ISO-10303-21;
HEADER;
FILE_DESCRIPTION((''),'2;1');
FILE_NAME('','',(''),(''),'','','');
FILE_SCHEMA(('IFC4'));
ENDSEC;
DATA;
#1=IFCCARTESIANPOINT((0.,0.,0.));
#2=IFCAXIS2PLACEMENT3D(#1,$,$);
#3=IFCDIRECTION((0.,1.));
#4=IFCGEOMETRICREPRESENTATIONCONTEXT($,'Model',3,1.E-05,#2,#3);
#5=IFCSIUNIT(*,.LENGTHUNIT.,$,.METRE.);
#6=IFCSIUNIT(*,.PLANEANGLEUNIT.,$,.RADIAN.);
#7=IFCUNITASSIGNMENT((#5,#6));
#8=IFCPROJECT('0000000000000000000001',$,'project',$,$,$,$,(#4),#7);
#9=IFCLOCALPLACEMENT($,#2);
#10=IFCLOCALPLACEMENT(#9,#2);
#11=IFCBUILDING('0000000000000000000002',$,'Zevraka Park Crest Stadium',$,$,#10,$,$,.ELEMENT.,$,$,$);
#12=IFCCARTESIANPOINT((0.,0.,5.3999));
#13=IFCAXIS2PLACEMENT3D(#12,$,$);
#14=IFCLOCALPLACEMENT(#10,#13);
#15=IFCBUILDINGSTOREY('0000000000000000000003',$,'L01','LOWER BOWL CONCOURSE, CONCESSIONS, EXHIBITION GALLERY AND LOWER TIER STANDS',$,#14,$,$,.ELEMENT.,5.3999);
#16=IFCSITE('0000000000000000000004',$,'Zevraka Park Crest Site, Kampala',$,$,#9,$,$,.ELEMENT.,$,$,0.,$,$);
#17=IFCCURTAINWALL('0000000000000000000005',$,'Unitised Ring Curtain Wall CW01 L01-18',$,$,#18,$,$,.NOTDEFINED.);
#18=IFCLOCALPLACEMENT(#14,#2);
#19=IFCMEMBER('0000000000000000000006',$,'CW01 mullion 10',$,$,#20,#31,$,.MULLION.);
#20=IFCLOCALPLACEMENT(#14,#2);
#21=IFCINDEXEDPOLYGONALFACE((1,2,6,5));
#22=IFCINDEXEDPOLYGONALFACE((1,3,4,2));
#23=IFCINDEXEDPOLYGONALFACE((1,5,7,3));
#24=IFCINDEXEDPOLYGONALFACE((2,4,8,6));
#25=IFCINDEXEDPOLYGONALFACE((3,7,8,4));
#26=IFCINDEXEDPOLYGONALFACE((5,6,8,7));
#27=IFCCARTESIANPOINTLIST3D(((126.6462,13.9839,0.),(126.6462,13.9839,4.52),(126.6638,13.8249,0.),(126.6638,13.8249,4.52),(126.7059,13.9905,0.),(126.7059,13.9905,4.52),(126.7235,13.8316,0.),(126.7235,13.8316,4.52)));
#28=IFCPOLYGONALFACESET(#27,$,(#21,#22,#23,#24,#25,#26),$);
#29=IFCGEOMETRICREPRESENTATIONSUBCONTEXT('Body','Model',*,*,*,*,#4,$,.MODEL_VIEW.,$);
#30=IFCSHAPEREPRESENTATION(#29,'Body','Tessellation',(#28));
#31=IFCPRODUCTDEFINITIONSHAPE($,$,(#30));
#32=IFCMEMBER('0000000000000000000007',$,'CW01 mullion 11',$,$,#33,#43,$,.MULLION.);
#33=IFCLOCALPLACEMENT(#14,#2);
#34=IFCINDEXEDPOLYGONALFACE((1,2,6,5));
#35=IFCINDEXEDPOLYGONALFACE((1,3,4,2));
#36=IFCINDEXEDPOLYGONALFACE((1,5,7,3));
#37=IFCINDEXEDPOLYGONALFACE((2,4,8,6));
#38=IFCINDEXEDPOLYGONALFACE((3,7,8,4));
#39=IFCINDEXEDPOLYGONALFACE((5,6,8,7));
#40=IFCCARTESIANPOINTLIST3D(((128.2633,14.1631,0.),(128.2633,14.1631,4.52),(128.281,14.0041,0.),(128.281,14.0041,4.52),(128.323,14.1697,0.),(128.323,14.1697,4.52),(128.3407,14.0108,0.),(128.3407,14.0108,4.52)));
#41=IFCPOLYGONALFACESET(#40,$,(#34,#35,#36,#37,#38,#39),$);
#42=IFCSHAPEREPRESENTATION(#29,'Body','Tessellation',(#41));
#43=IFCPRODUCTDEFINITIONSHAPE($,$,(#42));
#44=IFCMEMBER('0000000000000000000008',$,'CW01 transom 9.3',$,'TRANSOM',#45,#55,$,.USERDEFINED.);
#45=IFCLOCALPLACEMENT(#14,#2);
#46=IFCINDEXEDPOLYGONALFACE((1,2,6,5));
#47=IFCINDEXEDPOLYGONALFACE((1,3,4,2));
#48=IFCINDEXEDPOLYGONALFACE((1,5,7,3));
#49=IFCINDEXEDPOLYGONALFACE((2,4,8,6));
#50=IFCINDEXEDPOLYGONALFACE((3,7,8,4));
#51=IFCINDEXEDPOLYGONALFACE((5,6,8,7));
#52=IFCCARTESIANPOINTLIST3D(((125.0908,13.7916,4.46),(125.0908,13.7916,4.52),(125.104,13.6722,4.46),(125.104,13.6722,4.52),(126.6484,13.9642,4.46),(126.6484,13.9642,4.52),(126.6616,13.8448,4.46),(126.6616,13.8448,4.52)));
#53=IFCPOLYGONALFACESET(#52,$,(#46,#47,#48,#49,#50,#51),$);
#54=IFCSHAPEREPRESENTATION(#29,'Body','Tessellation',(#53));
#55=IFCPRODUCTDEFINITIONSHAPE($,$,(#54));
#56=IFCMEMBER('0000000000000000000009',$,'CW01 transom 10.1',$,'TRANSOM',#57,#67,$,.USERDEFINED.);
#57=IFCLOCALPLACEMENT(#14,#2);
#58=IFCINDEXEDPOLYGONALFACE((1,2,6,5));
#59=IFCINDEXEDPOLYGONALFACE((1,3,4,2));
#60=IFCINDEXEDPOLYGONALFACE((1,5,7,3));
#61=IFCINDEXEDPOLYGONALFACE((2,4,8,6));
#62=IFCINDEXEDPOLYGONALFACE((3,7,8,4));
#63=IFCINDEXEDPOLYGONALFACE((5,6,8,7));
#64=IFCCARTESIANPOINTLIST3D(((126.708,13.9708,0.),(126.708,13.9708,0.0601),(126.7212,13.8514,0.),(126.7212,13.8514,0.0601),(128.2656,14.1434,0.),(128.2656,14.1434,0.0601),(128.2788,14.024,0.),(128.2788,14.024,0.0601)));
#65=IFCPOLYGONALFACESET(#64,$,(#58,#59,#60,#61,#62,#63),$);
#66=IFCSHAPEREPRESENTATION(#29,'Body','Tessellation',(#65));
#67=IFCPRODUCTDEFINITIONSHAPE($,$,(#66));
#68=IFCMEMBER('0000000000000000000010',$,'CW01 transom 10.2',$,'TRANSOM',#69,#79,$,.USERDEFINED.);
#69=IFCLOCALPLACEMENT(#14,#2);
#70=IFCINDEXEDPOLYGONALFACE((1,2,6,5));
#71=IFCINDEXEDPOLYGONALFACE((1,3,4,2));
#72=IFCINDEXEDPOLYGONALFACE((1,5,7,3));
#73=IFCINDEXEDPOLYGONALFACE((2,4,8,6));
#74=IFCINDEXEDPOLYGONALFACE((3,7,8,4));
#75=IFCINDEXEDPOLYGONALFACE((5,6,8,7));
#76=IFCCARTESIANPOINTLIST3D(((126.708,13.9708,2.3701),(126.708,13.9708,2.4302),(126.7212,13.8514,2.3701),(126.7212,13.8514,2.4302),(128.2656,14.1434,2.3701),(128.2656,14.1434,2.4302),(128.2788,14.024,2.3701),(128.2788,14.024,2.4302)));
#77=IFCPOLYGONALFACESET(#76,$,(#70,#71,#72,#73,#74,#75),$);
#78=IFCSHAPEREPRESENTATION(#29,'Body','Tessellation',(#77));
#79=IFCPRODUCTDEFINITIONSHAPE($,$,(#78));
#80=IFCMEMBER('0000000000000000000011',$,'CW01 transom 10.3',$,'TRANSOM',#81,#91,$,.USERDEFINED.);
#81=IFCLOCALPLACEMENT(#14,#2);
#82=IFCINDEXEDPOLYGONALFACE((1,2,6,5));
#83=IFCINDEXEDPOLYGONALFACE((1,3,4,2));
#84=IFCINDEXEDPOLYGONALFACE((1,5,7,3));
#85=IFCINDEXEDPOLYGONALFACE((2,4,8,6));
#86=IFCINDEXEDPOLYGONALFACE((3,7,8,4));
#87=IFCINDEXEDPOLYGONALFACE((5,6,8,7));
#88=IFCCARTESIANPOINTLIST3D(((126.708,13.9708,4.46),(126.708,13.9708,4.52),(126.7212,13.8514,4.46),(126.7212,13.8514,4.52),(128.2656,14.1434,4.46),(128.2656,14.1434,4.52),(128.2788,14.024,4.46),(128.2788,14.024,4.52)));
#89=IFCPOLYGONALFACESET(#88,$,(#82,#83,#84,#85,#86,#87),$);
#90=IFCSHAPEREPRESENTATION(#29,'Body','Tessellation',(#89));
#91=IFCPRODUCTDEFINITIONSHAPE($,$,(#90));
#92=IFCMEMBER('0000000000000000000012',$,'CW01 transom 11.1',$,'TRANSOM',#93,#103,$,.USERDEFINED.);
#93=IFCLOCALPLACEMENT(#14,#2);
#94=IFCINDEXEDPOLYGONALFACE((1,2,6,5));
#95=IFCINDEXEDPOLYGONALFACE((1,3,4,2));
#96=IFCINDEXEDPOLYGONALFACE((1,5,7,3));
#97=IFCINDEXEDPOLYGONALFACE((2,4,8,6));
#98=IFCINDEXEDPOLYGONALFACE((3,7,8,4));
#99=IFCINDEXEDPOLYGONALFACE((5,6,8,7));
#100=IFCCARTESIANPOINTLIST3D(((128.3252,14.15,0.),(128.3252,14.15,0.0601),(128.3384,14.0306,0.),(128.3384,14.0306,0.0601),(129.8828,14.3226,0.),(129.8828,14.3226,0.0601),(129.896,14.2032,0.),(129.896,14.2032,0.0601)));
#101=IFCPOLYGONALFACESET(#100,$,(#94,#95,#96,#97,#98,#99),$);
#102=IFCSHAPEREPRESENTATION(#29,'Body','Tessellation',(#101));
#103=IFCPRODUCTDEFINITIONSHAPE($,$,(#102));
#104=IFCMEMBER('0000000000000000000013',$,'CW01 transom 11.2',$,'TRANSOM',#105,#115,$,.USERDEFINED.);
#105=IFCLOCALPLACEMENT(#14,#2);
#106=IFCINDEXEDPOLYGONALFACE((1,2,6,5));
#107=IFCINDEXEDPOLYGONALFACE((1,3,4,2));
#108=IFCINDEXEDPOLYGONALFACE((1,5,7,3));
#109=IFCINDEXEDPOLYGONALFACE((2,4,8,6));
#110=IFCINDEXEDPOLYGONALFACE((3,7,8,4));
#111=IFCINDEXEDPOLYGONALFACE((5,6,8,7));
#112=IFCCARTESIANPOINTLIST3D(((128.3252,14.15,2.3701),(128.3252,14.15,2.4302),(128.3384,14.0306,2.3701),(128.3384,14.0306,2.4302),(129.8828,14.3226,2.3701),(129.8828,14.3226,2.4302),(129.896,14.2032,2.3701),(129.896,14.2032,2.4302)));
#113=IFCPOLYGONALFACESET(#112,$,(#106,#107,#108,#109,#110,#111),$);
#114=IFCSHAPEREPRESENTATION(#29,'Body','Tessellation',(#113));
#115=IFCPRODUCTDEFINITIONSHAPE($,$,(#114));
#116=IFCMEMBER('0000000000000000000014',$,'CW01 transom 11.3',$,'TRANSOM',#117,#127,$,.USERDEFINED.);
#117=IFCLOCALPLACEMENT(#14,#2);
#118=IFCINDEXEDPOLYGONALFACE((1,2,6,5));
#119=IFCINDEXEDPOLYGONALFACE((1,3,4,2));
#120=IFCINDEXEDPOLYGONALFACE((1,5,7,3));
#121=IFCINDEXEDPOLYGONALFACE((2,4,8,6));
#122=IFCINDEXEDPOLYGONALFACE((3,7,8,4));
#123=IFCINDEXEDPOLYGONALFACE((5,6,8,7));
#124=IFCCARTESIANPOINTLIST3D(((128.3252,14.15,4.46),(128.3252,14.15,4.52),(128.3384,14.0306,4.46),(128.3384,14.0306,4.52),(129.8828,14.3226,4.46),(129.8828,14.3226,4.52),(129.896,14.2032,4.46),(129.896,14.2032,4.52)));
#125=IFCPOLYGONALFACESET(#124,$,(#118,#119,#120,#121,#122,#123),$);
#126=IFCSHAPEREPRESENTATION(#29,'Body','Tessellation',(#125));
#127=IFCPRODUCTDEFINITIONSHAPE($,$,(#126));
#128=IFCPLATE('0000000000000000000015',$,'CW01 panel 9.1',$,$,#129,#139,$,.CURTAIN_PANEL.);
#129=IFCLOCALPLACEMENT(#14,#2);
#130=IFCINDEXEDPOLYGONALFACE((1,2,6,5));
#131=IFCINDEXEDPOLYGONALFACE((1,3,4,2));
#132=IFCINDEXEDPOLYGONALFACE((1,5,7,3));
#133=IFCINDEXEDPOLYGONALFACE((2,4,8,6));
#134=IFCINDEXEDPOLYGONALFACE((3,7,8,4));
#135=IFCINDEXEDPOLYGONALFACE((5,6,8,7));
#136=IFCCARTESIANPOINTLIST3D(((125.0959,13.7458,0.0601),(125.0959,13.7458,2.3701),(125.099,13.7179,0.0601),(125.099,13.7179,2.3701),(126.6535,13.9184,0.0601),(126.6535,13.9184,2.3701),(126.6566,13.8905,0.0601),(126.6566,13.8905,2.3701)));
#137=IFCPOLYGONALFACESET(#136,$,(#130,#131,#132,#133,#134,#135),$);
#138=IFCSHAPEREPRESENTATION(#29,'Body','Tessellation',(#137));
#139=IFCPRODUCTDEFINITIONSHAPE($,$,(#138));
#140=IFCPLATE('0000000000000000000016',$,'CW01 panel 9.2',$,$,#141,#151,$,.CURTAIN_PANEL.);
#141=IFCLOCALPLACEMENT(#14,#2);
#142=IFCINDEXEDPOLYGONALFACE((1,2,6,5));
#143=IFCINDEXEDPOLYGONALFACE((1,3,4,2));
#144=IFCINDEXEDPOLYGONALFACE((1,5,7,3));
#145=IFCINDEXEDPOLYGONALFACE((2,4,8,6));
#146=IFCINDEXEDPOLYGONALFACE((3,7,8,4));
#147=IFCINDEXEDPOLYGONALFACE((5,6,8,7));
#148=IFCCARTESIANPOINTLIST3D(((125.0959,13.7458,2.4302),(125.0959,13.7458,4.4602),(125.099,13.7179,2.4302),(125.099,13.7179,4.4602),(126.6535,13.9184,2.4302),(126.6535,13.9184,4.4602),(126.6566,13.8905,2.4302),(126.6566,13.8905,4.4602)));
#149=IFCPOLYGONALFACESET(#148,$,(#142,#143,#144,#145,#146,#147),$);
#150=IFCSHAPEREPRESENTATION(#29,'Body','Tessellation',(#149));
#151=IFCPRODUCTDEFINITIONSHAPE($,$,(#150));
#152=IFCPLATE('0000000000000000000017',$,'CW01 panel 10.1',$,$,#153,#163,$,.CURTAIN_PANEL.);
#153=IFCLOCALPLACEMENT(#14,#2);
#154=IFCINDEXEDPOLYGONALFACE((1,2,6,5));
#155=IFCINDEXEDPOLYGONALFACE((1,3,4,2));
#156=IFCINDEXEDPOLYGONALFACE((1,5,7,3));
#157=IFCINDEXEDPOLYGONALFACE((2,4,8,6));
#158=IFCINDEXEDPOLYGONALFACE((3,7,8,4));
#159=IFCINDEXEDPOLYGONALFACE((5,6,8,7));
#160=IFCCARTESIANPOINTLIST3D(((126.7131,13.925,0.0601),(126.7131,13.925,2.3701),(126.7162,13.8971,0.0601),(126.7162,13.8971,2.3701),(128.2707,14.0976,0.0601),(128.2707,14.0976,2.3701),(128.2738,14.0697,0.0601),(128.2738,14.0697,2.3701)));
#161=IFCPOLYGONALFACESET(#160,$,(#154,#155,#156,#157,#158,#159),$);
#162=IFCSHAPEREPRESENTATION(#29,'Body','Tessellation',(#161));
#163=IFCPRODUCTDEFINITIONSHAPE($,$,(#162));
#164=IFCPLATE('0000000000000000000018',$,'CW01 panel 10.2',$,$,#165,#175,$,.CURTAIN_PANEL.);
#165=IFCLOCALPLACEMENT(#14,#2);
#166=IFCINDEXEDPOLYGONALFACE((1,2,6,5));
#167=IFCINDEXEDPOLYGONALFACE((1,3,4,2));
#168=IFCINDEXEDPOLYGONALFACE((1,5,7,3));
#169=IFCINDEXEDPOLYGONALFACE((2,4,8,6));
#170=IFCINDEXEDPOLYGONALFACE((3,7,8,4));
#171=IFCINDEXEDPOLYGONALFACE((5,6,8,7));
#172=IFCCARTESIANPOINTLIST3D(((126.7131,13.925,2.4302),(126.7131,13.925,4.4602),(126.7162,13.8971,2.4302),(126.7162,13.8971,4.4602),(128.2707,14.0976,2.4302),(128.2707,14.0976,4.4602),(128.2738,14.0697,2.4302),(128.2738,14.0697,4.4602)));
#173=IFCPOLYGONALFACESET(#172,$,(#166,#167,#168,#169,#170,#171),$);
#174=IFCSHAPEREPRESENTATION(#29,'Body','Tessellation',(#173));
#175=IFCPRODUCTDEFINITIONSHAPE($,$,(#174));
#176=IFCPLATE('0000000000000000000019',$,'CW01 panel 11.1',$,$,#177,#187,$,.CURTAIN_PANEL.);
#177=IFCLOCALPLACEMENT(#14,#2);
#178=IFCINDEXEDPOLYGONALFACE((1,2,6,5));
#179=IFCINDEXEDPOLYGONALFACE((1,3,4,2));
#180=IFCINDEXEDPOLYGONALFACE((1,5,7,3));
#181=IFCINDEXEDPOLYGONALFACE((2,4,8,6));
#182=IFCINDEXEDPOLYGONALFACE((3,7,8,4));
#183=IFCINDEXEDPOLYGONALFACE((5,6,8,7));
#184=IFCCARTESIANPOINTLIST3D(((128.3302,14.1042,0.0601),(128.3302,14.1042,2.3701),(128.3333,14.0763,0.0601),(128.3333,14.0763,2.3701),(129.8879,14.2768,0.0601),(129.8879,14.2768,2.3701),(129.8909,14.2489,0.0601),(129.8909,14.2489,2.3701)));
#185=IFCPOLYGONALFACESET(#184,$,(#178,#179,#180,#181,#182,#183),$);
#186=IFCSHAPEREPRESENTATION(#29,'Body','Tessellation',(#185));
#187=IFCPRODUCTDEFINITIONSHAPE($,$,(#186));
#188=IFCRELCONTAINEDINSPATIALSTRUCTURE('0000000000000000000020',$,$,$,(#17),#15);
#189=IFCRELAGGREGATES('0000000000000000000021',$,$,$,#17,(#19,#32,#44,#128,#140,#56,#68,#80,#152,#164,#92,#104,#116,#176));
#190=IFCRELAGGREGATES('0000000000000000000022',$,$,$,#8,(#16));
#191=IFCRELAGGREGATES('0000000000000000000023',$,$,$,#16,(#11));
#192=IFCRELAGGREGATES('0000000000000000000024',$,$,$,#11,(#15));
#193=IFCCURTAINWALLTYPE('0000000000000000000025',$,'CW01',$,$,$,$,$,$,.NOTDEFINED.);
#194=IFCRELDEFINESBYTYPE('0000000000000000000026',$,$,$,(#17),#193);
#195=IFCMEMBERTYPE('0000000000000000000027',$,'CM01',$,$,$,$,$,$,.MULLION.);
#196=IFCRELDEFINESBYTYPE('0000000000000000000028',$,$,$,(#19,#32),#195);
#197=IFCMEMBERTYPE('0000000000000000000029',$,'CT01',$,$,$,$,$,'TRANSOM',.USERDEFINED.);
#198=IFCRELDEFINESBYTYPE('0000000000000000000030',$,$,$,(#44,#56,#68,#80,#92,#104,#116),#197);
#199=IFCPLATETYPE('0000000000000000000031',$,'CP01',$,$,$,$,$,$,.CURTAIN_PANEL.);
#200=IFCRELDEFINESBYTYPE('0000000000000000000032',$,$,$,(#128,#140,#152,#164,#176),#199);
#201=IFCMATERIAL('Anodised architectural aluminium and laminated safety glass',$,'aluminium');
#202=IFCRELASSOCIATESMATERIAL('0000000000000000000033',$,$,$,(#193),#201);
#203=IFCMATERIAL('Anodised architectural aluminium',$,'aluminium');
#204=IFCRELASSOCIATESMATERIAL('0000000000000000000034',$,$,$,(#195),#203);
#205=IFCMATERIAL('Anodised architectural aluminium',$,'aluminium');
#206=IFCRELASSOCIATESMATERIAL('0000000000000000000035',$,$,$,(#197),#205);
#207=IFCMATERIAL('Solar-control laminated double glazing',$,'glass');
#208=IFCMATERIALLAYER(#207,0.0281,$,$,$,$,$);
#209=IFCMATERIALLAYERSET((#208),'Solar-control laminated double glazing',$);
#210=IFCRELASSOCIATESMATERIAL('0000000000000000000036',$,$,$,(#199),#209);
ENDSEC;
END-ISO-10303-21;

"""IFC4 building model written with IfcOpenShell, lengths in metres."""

from ifc_helpers import new_model, si_unit, direction, frame, origin, origin_2d, place, context, subcontext, project, spatial, rectangle, extrude, material, layer, layer_set, material_profile, profile_set, type_object, element, aggregate, save


model = new_model("IFC4")

# Units and contexts
model_context = context("Model", 3, precision=1e-05, world=origin(), true_north=direction((0.0, 1.0)))
body_context = subcontext(model_context, "Body", "Model", "MODEL_VIEW")
ifc_project = project(units=[si_unit("LENGTHUNIT", "METRE"), si_unit("PLANEANGLEUNIT", "RADIAN")], contexts=[model_context])

# Site, building, storey
site_placement = place(None, origin())
site = spatial("IfcSite", under=ifc_project, at=site_placement, Name="Zevraka Park Crest Site, Kampala", CompositionType="ELEMENT", RefElevation=0.0)
building_placement = place(site_placement, origin())
building = spatial("IfcBuilding", under=site, at=building_placement, Name="Zevraka Park Crest Stadium", CompositionType="ELEMENT")
storey_placement = place(building_placement, frame((0.0, 0.0, 5.3999)))
storey = spatial("IfcBuildingStorey", under=building, at=storey_placement, Name="L01", Description="LOWER BOWL CONCOURSE, CONCESSIONS, EXHIBITION GALLERY AND LOWER TIER STANDS", CompositionType="ELEMENT", Elevation=5.3999)

# Curtain wall, members, plates
ifc_material_1 = material(Name="Anodised architectural aluminium and laminated safety glass", Category="aluminium")
curtain_wall_type = type_object("IfcCurtainWallType", Name="CW01", PredefinedType="NOTDEFINED", material=ifc_material_1)
curtain_wall_placement = place(storey_placement, origin())
curtain_wall = element("IfcCurtainWall", 1, at=curtain_wall_placement, inside=storey, type_object=curtain_wall_type, Name="Unitised Ring Curtain Wall CW01 L01-18", PredefinedType="NOTDEFINED")
ifc_material_2 = material(Name="Anodised architectural aluminium", Category="aluminium")
ifc_material_profile_1 = material_profile(ifc_material_2, rectangle(XDim=0.1599, YDim=0.0601, at=origin_2d()), Name="ALU MULLION 160x60")
ifc_profile_set_1 = profile_set([ifc_material_profile_1], Name="Anodised architectural aluminium")
member_type_1 = type_object("IfcMemberType", Name="CM01", PredefinedType="MULLION", material=ifc_profile_set_1)
member_1_placement = place(storey_placement, frame((126.6848, 13.9077, 0.0), z_axis=(0.0, 0.0, 1.0), x_axis=(-0.110135, 0.993917, 0.0)))
member_1 = element("IfcMember", 2, at=member_1_placement, type_object=member_type_1, Name="CW01 mullion 10", PredefinedType="MULLION", context=body_context, shape_type="SweptSolid", body=[
    extrude(rectangle(XDim=0.1599, YDim=0.0601, at=origin_2d()), origin(), (0.0, 0.0, 1.0), 4.52),
])
member_2_placement = place(storey_placement, frame((128.302, 14.0869, 0.0), z_axis=(0.0, 0.0, 1.0), x_axis=(-0.110135, 0.993917, 0.0)))
member_2 = element("IfcMember", 3, at=member_2_placement, type_object=member_type_1, Name="CW01 mullion 11", PredefinedType="MULLION", context=body_context, shape_type="SweptSolid", body=[
    extrude(rectangle(XDim=0.1599, YDim=0.0601, at=origin_2d()), origin(), (0.0, 0.0, 1.0), 4.52),
])
ifc_material_3 = material(Name="Anodised architectural aluminium", Category="aluminium")
ifc_material_profile_2 = material_profile(ifc_material_3, rectangle(XDim=0.1201, YDim=0.0601, at=origin_2d()), Name="ALU TRANSOM 120x60")
ifc_profile_set_2 = profile_set([ifc_material_profile_2], Name="Anodised architectural aluminium")
member_type_2 = type_object("IfcMemberType", Name="CT01", ElementType="TRANSOM", PredefinedType="USERDEFINED", material=ifc_profile_set_2)
member_3_placement = place(storey_placement, frame((125.0974, 13.7319, 4.49), z_axis=(0.993916, 0.110141, 0.0), x_axis=(-0.110141, 0.993916, 0.0)))
member_3 = element("IfcMember", 4, at=member_3_placement, type_object=member_type_2, Name="CW01 transom 9.3", ObjectType="TRANSOM", PredefinedType="USERDEFINED", context=body_context, shape_type="SweptSolid", body=[
    extrude(rectangle(XDim=0.1201, YDim=0.0601, at=origin_2d()), origin(), (0.0, 0.0, 1.0), 1.5671),
])
member_4_placement = place(storey_placement, frame((126.7146, 13.9111, 0.03), z_axis=(0.993916, 0.110141, 0.0), x_axis=(-0.110141, 0.993916, 0.0)))
member_4 = element("IfcMember", 5, at=member_4_placement, type_object=member_type_2, Name="CW01 transom 10.1", ObjectType="TRANSOM", PredefinedType="USERDEFINED", context=body_context, shape_type="SweptSolid", body=[
    extrude(rectangle(XDim=0.1201, YDim=0.0601, at=origin_2d()), origin(), (0.0, 0.0, 1.0), 1.5671),
])
member_5_placement = place(storey_placement, frame((126.7146, 13.9111, 2.4001), z_axis=(0.993916, 0.110141, 0.0), x_axis=(-0.110141, 0.993916, 0.0)))
member_5 = element("IfcMember", 6, at=member_5_placement, type_object=member_type_2, Name="CW01 transom 10.2", ObjectType="TRANSOM", PredefinedType="USERDEFINED", context=body_context, shape_type="SweptSolid", body=[
    extrude(rectangle(XDim=0.1201, YDim=0.0601, at=origin_2d()), origin(), (0.0, 0.0, 1.0), 1.5671),
])
member_6_placement = place(storey_placement, frame((126.7146, 13.9111, 4.49), z_axis=(0.993916, 0.110141, 0.0), x_axis=(-0.110141, 0.993916, 0.0)))
member_6 = element("IfcMember", 7, at=member_6_placement, type_object=member_type_2, Name="CW01 transom 10.3", ObjectType="TRANSOM", PredefinedType="USERDEFINED", context=body_context, shape_type="SweptSolid", body=[
    extrude(rectangle(XDim=0.1201, YDim=0.0601, at=origin_2d()), origin(), (0.0, 0.0, 1.0), 1.5671),
])
member_7_placement = place(storey_placement, frame((128.3318, 14.0903, 0.03), z_axis=(0.993916, 0.110141, 0.0), x_axis=(-0.110141, 0.993916, 0.0)))
member_7 = element("IfcMember", 8, at=member_7_placement, type_object=member_type_2, Name="CW01 transom 11.1", ObjectType="TRANSOM", PredefinedType="USERDEFINED", context=body_context, shape_type="SweptSolid", body=[
    extrude(rectangle(XDim=0.1201, YDim=0.0601, at=origin_2d()), origin(), (0.0, 0.0, 1.0), 1.5671),
])
member_8_placement = place(storey_placement, frame((128.3318, 14.0903, 2.4001), z_axis=(0.993916, 0.110141, 0.0), x_axis=(-0.110141, 0.993916, 0.0)))
member_8 = element("IfcMember", 9, at=member_8_placement, type_object=member_type_2, Name="CW01 transom 11.2", ObjectType="TRANSOM", PredefinedType="USERDEFINED", context=body_context, shape_type="SweptSolid", body=[
    extrude(rectangle(XDim=0.1201, YDim=0.0601, at=origin_2d()), origin(), (0.0, 0.0, 1.0), 1.5671),
])
member_9_placement = place(storey_placement, frame((128.3318, 14.0903, 4.49), z_axis=(0.993916, 0.110141, 0.0), x_axis=(-0.110141, 0.993916, 0.0)))
member_9 = element("IfcMember", 10, at=member_9_placement, type_object=member_type_2, Name="CW01 transom 11.3", ObjectType="TRANSOM", PredefinedType="USERDEFINED", context=body_context, shape_type="SweptSolid", body=[
    extrude(rectangle(XDim=0.1201, YDim=0.0601, at=origin_2d()), origin(), (0.0, 0.0, 1.0), 1.5671),
])
ifc_material_4 = material(Name="Solar-control laminated double glazing", Category="glass")
ifc_layer_1 = layer(ifc_material_4, 0.0281)
ifc_layer_set_1 = layer_set([ifc_layer_1], Name="Solar-control laminated double glazing")
plate_type = type_object("IfcPlateType", Name="CP01", PredefinedType="CURTAIN_PANEL", material=ifc_layer_set_1)
plate_1_placement = place(storey_placement, frame((125.8762, 13.8181, 0.0601), z_axis=(0.0, 0.0, 1.0), x_axis=(0.993917, 0.110135, 0.0)))
plate_1 = element("IfcPlate", 11, at=plate_1_placement, type_object=plate_type, Name="CW01 panel 9.1", PredefinedType="CURTAIN_PANEL", context=body_context, shape_type="SweptSolid", body=[
    extrude(rectangle(XDim=1.5671, YDim=0.0281, at=origin_2d()), origin(), (0.0, 0.0, 1.0), 2.3101),
])
plate_2_placement = place(storey_placement, frame((125.8762, 13.8181, 2.4302), z_axis=(0.0, 0.0, 1.0), x_axis=(0.993917, 0.110135, 0.0)))
plate_2 = element("IfcPlate", 12, at=plate_2_placement, type_object=plate_type, Name="CW01 panel 9.2", PredefinedType="CURTAIN_PANEL", context=body_context, shape_type="SweptSolid", body=[
    extrude(rectangle(XDim=1.5671, YDim=0.0281, at=origin_2d()), origin(), (0.0, 0.0, 1.0), 2.03),
])
plate_3_placement = place(storey_placement, frame((127.4934, 13.9973, 0.0601), z_axis=(0.0, 0.0, 1.0), x_axis=(0.993917, 0.110135, 0.0)))
plate_3 = element("IfcPlate", 13, at=plate_3_placement, type_object=plate_type, Name="CW01 panel 10.1", PredefinedType="CURTAIN_PANEL", context=body_context, shape_type="SweptSolid", body=[
    extrude(rectangle(XDim=1.5671, YDim=0.0281, at=origin_2d()), origin(), (0.0, 0.0, 1.0), 2.3101),
])
plate_4_placement = place(storey_placement, frame((127.4934, 13.9973, 2.4302), z_axis=(0.0, 0.0, 1.0), x_axis=(0.993917, 0.110135, 0.0)))
plate_4 = element("IfcPlate", 14, at=plate_4_placement, type_object=plate_type, Name="CW01 panel 10.2", PredefinedType="CURTAIN_PANEL", context=body_context, shape_type="SweptSolid", body=[
    extrude(rectangle(XDim=1.5671, YDim=0.0281, at=origin_2d()), origin(), (0.0, 0.0, 1.0), 2.03),
])
plate_5_placement = place(storey_placement, frame((129.1106, 14.1765, 0.0601), z_axis=(0.0, 0.0, 1.0), x_axis=(0.993917, 0.110135, 0.0)))
plate_5 = element("IfcPlate", 15, at=plate_5_placement, type_object=plate_type, Name="CW01 panel 11.1", PredefinedType="CURTAIN_PANEL", context=body_context, shape_type="SweptSolid", body=[
    extrude(rectangle(XDim=1.5671, YDim=0.0281, at=origin_2d()), origin(), (0.0, 0.0, 1.0), 2.3101),
])
aggregate(curtain_wall, [member_1, member_2, member_3, plate_1, plate_2, member_4, member_5, member_6, plate_3, plate_4, member_7, member_8, member_9, plate_5])

save(model, "model.ifc")
